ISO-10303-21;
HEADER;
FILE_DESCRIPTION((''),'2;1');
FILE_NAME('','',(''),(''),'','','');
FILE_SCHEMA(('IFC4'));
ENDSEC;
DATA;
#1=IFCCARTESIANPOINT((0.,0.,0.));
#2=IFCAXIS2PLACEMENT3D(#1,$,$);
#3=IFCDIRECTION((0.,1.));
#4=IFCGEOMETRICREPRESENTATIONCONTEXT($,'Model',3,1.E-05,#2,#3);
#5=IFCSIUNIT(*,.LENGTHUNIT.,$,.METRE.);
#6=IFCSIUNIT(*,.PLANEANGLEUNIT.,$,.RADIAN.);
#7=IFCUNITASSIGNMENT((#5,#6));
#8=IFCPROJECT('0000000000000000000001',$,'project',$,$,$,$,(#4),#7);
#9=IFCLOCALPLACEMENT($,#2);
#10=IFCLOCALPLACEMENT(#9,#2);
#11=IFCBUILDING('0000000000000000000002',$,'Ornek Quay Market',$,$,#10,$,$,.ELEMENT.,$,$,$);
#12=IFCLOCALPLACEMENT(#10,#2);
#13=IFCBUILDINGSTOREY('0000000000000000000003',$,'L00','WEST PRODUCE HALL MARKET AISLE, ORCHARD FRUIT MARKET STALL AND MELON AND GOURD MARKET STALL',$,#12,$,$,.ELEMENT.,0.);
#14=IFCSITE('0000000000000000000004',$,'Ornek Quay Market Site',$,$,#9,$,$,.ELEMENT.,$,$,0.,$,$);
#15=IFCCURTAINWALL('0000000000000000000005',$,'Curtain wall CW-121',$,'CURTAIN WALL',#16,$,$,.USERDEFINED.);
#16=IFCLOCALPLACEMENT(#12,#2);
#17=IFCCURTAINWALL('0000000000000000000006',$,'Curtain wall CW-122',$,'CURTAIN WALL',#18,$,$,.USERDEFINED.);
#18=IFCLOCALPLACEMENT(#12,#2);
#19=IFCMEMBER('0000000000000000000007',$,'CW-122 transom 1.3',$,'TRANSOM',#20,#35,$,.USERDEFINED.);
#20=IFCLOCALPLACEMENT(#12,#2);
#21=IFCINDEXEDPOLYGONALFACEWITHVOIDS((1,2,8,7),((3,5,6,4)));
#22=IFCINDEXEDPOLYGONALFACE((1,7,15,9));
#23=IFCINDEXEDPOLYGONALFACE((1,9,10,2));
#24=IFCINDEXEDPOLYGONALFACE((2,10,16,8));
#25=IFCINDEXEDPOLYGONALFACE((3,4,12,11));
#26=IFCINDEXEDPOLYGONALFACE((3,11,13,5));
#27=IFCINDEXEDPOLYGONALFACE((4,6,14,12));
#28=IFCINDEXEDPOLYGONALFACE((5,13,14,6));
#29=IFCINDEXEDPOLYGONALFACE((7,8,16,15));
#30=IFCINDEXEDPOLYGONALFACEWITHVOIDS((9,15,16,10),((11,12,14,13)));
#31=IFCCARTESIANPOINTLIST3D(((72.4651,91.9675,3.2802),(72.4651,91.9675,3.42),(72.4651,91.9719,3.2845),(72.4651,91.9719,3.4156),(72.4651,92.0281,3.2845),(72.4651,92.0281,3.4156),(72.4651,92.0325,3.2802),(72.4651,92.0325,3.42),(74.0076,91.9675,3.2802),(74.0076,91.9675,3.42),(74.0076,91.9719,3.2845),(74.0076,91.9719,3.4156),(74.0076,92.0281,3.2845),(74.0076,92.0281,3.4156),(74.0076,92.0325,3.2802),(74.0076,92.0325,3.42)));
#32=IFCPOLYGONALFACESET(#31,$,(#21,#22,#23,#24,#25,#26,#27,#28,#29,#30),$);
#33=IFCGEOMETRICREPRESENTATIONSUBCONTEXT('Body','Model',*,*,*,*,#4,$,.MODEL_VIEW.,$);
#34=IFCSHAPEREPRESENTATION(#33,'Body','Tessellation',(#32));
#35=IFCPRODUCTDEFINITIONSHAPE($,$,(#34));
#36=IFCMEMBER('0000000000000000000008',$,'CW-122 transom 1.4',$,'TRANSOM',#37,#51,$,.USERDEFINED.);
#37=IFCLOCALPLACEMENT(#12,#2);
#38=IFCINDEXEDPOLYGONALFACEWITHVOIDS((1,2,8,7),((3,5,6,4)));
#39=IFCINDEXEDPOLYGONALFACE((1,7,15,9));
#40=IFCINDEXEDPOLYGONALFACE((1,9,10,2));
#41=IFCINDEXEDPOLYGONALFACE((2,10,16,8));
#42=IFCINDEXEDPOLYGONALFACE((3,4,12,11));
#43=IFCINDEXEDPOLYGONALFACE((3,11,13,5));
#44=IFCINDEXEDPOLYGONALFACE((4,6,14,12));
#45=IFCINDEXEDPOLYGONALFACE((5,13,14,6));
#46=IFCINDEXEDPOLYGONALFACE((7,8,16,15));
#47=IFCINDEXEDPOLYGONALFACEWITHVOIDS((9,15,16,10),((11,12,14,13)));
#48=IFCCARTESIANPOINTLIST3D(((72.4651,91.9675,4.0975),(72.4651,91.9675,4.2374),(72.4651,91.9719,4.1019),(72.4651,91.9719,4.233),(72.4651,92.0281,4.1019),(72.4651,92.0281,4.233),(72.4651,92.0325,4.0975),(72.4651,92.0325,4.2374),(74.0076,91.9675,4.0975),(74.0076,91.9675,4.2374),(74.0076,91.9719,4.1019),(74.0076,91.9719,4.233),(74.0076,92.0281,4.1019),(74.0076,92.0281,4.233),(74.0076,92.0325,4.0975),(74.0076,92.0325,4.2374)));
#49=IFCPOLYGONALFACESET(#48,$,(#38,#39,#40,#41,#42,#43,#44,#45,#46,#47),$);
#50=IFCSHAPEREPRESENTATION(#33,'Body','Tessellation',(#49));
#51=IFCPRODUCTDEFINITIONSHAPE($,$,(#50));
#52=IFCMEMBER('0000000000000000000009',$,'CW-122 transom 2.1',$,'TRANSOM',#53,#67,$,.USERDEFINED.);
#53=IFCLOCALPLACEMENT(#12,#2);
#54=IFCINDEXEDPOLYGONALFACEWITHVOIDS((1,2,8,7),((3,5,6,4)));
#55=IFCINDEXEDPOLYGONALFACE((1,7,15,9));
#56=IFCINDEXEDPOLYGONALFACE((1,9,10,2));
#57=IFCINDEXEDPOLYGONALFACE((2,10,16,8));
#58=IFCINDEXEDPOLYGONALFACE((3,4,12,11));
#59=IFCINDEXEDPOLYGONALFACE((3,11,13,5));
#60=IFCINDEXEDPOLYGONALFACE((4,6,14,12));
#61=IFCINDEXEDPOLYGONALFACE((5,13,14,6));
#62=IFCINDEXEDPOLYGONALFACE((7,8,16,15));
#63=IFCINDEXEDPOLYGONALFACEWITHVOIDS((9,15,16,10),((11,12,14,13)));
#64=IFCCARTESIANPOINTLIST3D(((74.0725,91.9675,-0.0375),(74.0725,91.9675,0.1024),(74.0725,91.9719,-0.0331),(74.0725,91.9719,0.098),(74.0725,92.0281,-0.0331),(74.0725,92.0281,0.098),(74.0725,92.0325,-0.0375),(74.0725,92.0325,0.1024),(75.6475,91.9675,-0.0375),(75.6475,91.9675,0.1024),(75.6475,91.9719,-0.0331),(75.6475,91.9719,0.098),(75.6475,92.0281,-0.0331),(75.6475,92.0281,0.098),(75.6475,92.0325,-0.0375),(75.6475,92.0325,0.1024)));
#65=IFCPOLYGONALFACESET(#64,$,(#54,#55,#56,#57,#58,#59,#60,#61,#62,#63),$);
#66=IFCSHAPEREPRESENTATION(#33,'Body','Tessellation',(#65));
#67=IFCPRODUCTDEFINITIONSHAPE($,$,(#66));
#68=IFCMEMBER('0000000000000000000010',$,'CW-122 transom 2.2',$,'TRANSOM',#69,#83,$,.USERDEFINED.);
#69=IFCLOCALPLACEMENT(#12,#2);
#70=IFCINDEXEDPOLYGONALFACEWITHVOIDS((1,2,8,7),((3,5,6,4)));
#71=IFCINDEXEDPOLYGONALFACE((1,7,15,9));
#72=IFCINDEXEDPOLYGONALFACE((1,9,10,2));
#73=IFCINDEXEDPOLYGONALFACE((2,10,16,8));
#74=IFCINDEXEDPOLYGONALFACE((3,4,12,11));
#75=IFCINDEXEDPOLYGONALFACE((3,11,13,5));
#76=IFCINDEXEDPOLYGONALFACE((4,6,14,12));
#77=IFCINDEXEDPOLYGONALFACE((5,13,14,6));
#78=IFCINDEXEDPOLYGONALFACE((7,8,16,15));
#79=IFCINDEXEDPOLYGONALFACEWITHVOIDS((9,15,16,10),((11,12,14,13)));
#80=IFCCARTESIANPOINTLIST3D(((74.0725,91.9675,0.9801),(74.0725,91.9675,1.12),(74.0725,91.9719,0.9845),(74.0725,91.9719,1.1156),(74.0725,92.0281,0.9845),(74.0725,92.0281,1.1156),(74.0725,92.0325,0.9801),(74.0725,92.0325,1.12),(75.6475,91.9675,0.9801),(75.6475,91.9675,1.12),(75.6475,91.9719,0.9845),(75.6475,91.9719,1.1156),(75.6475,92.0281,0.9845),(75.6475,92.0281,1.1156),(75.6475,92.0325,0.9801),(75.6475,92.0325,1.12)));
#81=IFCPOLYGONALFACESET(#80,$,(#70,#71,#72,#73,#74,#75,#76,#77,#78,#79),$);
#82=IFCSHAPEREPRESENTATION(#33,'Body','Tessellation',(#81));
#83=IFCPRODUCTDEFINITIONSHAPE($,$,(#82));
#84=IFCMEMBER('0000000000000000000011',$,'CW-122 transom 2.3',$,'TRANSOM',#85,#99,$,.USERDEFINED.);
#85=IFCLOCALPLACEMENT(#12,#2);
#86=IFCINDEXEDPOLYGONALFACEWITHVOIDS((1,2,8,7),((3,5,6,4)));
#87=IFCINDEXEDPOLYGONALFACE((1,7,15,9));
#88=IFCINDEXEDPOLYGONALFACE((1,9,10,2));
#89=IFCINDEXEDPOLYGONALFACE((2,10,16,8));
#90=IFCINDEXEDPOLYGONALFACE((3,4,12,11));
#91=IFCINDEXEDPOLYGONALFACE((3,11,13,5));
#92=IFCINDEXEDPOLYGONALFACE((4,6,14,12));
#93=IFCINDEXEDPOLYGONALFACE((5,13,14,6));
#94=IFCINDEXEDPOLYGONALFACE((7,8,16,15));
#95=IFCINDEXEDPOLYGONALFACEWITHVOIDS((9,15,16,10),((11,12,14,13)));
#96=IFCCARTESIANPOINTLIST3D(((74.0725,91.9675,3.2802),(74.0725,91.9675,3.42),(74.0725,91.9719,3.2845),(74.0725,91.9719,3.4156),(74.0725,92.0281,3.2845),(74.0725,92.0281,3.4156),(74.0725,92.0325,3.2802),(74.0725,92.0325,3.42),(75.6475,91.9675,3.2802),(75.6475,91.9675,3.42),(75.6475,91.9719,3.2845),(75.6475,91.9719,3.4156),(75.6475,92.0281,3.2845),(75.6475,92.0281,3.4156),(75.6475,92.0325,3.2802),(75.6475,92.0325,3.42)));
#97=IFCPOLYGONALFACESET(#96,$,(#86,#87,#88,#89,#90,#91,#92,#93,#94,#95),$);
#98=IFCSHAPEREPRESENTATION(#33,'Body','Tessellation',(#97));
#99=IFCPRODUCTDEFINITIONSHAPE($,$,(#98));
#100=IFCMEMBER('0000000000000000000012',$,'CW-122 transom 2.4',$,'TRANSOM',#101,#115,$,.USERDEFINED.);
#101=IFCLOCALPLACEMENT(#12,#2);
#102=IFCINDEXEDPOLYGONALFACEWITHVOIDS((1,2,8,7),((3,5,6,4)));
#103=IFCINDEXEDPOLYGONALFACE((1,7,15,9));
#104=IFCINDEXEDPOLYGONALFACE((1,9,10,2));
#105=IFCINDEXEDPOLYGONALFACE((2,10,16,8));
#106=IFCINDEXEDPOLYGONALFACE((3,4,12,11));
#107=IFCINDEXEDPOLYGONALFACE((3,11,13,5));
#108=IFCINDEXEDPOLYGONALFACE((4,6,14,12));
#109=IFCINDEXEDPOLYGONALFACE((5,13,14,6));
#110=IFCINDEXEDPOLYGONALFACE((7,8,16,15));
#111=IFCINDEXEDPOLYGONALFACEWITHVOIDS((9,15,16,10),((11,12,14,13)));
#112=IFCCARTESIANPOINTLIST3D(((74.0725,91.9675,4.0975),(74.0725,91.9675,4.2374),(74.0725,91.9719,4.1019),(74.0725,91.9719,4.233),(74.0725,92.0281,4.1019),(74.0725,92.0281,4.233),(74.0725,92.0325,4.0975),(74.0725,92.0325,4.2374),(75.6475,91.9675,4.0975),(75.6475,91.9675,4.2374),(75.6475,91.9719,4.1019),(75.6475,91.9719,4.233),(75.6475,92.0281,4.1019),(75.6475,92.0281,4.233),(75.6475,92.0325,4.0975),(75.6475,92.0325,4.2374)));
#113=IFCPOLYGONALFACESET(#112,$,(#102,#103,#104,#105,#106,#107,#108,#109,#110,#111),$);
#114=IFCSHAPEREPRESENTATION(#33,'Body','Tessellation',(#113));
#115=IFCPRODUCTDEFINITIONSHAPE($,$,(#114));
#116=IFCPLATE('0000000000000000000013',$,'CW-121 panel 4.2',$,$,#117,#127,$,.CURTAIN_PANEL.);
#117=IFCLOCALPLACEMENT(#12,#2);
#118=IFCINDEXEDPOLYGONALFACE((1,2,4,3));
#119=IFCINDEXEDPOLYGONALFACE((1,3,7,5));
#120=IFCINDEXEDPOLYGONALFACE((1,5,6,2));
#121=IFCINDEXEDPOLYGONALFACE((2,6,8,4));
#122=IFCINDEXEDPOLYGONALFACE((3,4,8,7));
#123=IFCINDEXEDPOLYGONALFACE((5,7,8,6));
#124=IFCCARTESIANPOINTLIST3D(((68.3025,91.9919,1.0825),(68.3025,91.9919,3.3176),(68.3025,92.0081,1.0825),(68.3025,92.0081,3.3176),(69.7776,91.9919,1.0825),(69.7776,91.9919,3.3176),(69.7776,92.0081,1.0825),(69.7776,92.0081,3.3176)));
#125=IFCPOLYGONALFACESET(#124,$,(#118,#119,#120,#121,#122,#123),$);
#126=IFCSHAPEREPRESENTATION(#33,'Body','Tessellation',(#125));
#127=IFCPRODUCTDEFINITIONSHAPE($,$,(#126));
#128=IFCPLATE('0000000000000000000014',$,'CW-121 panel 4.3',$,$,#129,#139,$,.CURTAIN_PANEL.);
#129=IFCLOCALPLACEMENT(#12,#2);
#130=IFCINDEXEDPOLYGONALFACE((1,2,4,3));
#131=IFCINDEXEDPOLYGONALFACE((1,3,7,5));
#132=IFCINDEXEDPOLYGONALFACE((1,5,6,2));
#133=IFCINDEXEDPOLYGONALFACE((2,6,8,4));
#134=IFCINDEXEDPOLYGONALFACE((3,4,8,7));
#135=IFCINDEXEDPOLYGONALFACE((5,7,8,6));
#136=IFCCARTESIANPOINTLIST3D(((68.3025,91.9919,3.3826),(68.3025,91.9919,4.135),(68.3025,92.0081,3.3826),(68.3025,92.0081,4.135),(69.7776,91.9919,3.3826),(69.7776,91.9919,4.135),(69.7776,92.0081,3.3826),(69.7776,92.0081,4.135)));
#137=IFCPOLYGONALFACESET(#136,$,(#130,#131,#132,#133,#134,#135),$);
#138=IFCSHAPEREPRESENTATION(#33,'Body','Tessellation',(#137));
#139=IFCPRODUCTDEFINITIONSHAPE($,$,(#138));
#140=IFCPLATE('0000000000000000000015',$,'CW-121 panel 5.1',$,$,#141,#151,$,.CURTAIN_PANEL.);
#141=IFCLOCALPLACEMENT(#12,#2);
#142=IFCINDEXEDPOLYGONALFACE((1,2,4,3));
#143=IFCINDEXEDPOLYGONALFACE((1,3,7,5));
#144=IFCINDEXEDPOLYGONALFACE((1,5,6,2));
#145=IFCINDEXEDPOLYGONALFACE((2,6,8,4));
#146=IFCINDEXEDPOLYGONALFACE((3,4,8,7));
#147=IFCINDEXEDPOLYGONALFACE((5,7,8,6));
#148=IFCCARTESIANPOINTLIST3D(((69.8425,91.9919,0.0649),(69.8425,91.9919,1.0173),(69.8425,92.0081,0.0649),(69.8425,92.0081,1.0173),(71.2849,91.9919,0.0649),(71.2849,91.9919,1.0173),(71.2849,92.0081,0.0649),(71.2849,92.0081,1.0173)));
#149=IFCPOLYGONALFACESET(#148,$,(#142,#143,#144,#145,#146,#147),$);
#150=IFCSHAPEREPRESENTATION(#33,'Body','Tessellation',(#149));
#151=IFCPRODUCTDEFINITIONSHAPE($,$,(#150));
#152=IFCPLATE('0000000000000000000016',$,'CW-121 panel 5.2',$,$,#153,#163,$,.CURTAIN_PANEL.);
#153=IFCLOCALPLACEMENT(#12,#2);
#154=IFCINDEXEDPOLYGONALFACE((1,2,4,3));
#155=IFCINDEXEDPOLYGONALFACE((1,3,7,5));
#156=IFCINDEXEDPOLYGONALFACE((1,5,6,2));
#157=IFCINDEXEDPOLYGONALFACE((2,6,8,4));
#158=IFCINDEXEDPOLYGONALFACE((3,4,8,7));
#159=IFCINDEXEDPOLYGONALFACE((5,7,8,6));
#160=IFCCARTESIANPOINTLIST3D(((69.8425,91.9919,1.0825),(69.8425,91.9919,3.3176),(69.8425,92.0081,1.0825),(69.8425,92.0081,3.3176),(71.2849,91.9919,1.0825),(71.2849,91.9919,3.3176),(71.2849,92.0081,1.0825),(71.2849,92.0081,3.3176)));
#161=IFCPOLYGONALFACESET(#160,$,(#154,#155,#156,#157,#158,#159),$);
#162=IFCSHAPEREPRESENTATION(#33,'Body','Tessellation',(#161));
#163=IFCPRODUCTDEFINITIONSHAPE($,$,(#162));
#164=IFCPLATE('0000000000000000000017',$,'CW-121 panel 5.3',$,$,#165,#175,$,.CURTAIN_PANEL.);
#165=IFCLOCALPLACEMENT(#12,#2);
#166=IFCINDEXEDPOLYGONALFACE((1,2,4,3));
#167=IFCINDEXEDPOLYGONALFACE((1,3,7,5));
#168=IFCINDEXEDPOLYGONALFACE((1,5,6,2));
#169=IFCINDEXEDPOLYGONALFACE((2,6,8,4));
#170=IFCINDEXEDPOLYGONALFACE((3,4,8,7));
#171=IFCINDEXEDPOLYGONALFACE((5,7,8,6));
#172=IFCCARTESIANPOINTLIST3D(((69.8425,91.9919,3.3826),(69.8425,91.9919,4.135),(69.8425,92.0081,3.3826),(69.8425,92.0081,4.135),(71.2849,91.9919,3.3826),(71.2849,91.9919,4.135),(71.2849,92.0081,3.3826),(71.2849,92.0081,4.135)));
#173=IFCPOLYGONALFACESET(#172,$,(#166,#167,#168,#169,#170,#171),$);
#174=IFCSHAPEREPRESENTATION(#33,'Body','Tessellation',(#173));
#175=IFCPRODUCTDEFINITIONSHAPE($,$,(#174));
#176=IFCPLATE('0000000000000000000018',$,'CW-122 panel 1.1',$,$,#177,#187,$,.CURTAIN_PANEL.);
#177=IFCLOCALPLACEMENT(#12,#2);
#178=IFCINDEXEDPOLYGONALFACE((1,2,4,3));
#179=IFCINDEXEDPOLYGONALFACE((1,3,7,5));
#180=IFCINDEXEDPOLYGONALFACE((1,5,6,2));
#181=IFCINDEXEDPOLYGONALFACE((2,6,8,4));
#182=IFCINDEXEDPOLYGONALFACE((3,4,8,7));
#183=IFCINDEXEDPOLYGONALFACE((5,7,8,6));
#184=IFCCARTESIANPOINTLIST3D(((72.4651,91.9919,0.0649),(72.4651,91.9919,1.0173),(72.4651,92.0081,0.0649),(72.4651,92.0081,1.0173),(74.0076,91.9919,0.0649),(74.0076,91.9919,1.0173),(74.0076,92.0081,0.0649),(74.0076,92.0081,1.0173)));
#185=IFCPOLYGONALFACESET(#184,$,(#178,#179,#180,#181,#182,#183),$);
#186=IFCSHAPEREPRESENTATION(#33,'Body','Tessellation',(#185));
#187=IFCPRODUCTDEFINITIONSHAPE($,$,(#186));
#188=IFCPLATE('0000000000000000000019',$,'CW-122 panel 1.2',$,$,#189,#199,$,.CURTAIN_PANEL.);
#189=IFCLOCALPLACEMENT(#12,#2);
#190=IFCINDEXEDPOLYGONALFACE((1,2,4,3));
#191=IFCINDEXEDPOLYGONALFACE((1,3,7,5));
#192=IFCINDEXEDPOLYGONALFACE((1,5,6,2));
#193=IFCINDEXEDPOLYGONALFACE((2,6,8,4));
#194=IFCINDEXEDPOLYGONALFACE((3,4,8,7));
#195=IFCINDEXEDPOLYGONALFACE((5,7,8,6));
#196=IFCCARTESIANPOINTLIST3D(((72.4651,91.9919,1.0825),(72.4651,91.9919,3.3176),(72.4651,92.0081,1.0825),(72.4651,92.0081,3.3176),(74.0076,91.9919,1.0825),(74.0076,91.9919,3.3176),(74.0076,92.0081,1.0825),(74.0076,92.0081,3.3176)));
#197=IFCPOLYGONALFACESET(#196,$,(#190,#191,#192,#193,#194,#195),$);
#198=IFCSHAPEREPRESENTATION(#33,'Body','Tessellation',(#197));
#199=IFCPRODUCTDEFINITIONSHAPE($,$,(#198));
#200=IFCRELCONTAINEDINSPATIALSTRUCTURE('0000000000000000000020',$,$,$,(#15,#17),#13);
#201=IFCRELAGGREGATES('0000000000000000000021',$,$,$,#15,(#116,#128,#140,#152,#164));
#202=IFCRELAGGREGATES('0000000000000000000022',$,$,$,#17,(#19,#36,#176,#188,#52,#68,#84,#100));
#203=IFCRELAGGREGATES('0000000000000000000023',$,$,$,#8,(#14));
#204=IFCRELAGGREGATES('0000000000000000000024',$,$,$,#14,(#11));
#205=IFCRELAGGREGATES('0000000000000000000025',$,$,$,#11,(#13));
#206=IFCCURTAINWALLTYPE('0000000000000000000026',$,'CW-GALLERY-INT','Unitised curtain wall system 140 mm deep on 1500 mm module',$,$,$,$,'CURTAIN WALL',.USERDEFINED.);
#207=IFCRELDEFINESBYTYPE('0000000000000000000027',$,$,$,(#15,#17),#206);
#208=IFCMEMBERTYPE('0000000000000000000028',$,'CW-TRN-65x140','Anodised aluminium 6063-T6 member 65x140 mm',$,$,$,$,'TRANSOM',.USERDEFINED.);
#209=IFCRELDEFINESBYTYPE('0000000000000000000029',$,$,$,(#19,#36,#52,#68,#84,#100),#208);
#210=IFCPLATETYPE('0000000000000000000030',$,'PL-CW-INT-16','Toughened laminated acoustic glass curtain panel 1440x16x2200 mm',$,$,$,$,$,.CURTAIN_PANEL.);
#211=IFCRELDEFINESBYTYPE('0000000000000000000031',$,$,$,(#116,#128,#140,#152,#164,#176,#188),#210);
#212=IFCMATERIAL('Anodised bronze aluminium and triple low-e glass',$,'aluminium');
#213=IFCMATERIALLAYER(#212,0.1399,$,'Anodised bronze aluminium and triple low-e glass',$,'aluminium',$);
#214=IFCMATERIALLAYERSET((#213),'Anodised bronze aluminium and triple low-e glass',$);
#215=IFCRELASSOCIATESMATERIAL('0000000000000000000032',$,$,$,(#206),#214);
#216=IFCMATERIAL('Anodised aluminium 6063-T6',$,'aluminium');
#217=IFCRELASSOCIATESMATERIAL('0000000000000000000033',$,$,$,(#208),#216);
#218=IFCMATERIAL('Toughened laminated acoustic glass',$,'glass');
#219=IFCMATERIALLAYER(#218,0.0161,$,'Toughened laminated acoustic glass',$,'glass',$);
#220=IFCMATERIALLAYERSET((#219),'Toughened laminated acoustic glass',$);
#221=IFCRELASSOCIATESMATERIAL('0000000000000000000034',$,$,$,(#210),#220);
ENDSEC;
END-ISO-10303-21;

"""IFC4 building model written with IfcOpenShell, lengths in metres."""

from ifc_helpers import new_model, si_unit, direction, frame, origin, origin_2d, place, context, subcontext, project, spatial, rectangle, hollow_rectangle, extrude, material, layer, layer_set, material_profile, profile_set, type_object, element, aggregate, save


model = new_model("IFC4")

# Units and contexts
model_context = context("Model", 3, precision=1e-05, world=origin(), true_north=direction((0.0, 1.0)))
body_context = subcontext(model_context, "Body", "Model", "MODEL_VIEW")
ifc_project = project(units=[si_unit("LENGTHUNIT", "METRE"), si_unit("PLANEANGLEUNIT", "RADIAN")], contexts=[model_context])

# Site, building, storey
site_placement = place(None, origin())
site = spatial("IfcSite", under=ifc_project, at=site_placement, Name="Ornek Quay Market Site", CompositionType="ELEMENT", RefElevation=0.0)
building_placement = place(site_placement, origin())
building = spatial("IfcBuilding", under=site, at=building_placement, Name="Ornek Quay Market", CompositionType="ELEMENT")
storey_placement = place(building_placement, origin())
storey = spatial("IfcBuildingStorey", under=building, at=storey_placement, Name="L00", Description="WEST PRODUCE HALL MARKET AISLE, ORCHARD FRUIT MARKET STALL AND MELON AND GOURD MARKET STALL", CompositionType="ELEMENT", Elevation=0.0)

# Curtain walls
ifc_material_1 = material(Name="Anodised bronze aluminium and triple low-e glass", Category="aluminium")
ifc_layer_1 = layer(ifc_material_1, 0.1399, Name="Anodised bronze aluminium and triple low-e glass", Category="aluminium")
ifc_layer_set_1 = layer_set([ifc_layer_1], Name="Anodised bronze aluminium and triple low-e glass")
curtain_wall_type = type_object("IfcCurtainWallType", Name="CW-GALLERY-INT", Description="Unitised curtain wall system 140 mm deep on 1500 mm module", ElementType="CURTAIN WALL", PredefinedType="USERDEFINED", material=ifc_layer_set_1)
curtain_wall_1_placement = place(storey_placement, origin())
curtain_wall_1 = element("IfcCurtainWall", 1, at=curtain_wall_1_placement, inside=storey, type_object=curtain_wall_type, Name="Curtain wall CW-121", ObjectType="CURTAIN WALL", PredefinedType="USERDEFINED")
ifc_material_2 = material(Name="Anodised aluminium 6063-T6", Category="aluminium")
curtain_wall_2_placement = place(storey_placement, origin())
curtain_wall_2 = element("IfcCurtainWall", 2, at=curtain_wall_2_placement, inside=storey, type_object=curtain_wall_type, Name="Curtain wall CW-122", ObjectType="CURTAIN WALL", PredefinedType="USERDEFINED")

# Members
ifc_material_profile_1 = material_profile(ifc_material_2, hollow_rectangle(XDim=0.0649, YDim=0.1399, WallThickness=0.0044, at=origin_2d()), Name="CW-TRN-65x140", Category="aluminium")
ifc_profile_set_1 = profile_set([ifc_material_profile_1], Name="Anodised aluminium 6063-T6")
member_type_1 = type_object("IfcMemberType", Name="CW-TRN-65x140", Description="Anodised aluminium 6063-T6 member 65x140 mm", ElementType="TRANSOM", PredefinedType="USERDEFINED", material=ifc_profile_set_1)
member_1_placement = place(storey_placement, frame((72.4651, 92.0, 3.3501), z_axis=(1.0, 0.0, 0.0), x_axis=(0.0, 1.0, 0.0)))
member_1 = element("IfcMember", 3, at=member_1_placement, type_object=member_type_1, Name="CW-122 transom 1.3", ObjectType="TRANSOM", PredefinedType="USERDEFINED", context=body_context, shape_type="SweptSolid", body=[
    extrude(hollow_rectangle(XDim=0.0649, YDim=0.1399, WallThickness=0.0044, at=origin_2d()), origin(), (0.0, 0.0, 1.0), 1.5425),
])
member_2_placement = place(storey_placement, frame((72.4651, 92.0, 4.1675), z_axis=(1.0, 0.0, 0.0), x_axis=(0.0, 1.0, 0.0)))
member_2 = element("IfcMember", 4, at=member_2_placement, type_object=member_type_1, Name="CW-122 transom 1.4", ObjectType="TRANSOM", PredefinedType="USERDEFINED", context=body_context, shape_type="SweptSolid", body=[
    extrude(hollow_rectangle(XDim=0.0649, YDim=0.1399, WallThickness=0.0044, at=origin_2d()), origin(), (0.0, 0.0, 1.0), 1.5425),
])
member_3_placement = place(storey_placement, frame((74.0725, 92.0, 0.0325), z_axis=(1.0, 0.0, 0.0), x_axis=(0.0, 1.0, 0.0)))
member_3 = element("IfcMember", 5, at=member_3_placement, type_object=member_type_1, Name="CW-122 transom 2.1", ObjectType="TRANSOM", PredefinedType="USERDEFINED", context=body_context, shape_type="SweptSolid", body=[
    extrude(hollow_rectangle(XDim=0.0649, YDim=0.1399, WallThickness=0.0044, at=origin_2d()), origin(), (0.0, 0.0, 1.0), 1.575),
])
member_4_placement = place(storey_placement, frame((74.0725, 92.0, 1.05), z_axis=(1.0, 0.0, 0.0), x_axis=(0.0, 1.0, 0.0)))
member_4 = element("IfcMember", 6, at=member_4_placement, type_object=member_type_1, Name="CW-122 transom 2.2", ObjectType="TRANSOM", PredefinedType="USERDEFINED", context=body_context, shape_type="SweptSolid", body=[
    extrude(hollow_rectangle(XDim=0.0649, YDim=0.1399, WallThickness=0.0044, at=origin_2d()), origin(), (0.0, 0.0, 1.0), 1.575),
])
member_5_placement = place(storey_placement, frame((74.0725, 92.0, 3.3501), z_axis=(1.0, 0.0, 0.0), x_axis=(0.0, 1.0, 0.0)))
member_5 = element("IfcMember", 7, at=member_5_placement, type_object=member_type_1, Name="CW-122 transom 2.3", ObjectType="TRANSOM", PredefinedType="USERDEFINED", context=body_context, shape_type="SweptSolid", body=[
    extrude(hollow_rectangle(XDim=0.0649, YDim=0.1399, WallThickness=0.0044, at=origin_2d()), origin(), (0.0, 0.0, 1.0), 1.575),
])
member_6_placement = place(storey_placement, frame((74.0725, 92.0, 4.1675), z_axis=(1.0, 0.0, 0.0), x_axis=(0.0, 1.0, 0.0)))
member_6 = element("IfcMember", 8, at=member_6_placement, type_object=member_type_1, Name="CW-122 transom 2.4", ObjectType="TRANSOM", PredefinedType="USERDEFINED", context=body_context, shape_type="SweptSolid", body=[
    extrude(hollow_rectangle(XDim=0.0649, YDim=0.1399, WallThickness=0.0044, at=origin_2d()), origin(), (0.0, 0.0, 1.0), 1.575),
])

# Plates
ifc_material_3 = material(Name="Toughened laminated acoustic glass", Category="glass")
ifc_layer_2 = layer(ifc_material_3, 0.0161, Name="Toughened laminated acoustic glass", Category="glass")
ifc_layer_set_2 = layer_set([ifc_layer_2], Name="Toughened laminated acoustic glass")
plate_type = type_object("IfcPlateType", Name="PL-CW-INT-16", Description="Toughened laminated acoustic glass curtain panel 1440x16x2200 mm", PredefinedType="CURTAIN_PANEL", material=ifc_layer_set_2)
plate_1_placement = place(storey_placement, frame((69.04, 92.0, 1.0825), z_axis=(0.0, 0.0, 1.0), x_axis=(1.0, 0.0, 0.0)))
plate_1 = element("IfcPlate", 9, at=plate_1_placement, type_object=plate_type, Name="CW-121 panel 4.2", PredefinedType="CURTAIN_PANEL", context=body_context, shape_type="SweptSolid", body=[
    extrude(rectangle(XDim=1.4751, YDim=0.0161, at=origin_2d()), origin(), (0.0, 0.0, 1.0), 2.2351),
])
plate_2_placement = place(storey_placement, frame((69.04, 92.0, 3.3826), z_axis=(0.0, 0.0, 1.0), x_axis=(1.0, 0.0, 0.0)))
plate_2 = element("IfcPlate", 10, at=plate_2_placement, type_object=plate_type, Name="CW-121 panel 4.3", PredefinedType="CURTAIN_PANEL", context=body_context, shape_type="SweptSolid", body=[
    extrude(rectangle(XDim=1.4751, YDim=0.0161, at=origin_2d()), origin(), (0.0, 0.0, 1.0), 0.7524),
])
plate_3_placement = place(storey_placement, frame((70.5637, 92.0, 0.0649), z_axis=(0.0, 0.0, 1.0), x_axis=(1.0, 0.0, 0.0)))
plate_3 = element("IfcPlate", 11, at=plate_3_placement, type_object=plate_type, Name="CW-121 panel 5.1", PredefinedType="CURTAIN_PANEL", context=body_context, shape_type="SweptSolid", body=[
    extrude(rectangle(XDim=1.4424, YDim=0.0161, at=origin_2d()), origin(), (0.0, 0.0, 1.0), 0.9524),
])
plate_4_placement = place(storey_placement, frame((70.5637, 92.0, 1.0825), z_axis=(0.0, 0.0, 1.0), x_axis=(1.0, 0.0, 0.0)))
plate_4 = element("IfcPlate", 12, at=plate_4_placement, type_object=plate_type, Name="CW-121 panel 5.2", PredefinedType="CURTAIN_PANEL", context=body_context, shape_type="SweptSolid", body=[
    extrude(rectangle(XDim=1.4424, YDim=0.0161, at=origin_2d()), origin(), (0.0, 0.0, 1.0), 2.2351),
])
plate_5_placement = place(storey_placement, frame((70.5637, 92.0, 3.3826), z_axis=(0.0, 0.0, 1.0), x_axis=(1.0, 0.0, 0.0)))
plate_5 = element("IfcPlate", 13, at=plate_5_placement, type_object=plate_type, Name="CW-121 panel 5.3", PredefinedType="CURTAIN_PANEL", context=body_context, shape_type="SweptSolid", body=[
    extrude(rectangle(XDim=1.4424, YDim=0.0161, at=origin_2d()), origin(), (0.0, 0.0, 1.0), 0.7524),
])
aggregate(curtain_wall_1, [plate_1, plate_2, plate_3, plate_4, plate_5])
plate_6_placement = place(storey_placement, frame((73.2363, 92.0, 0.0649), z_axis=(0.0, 0.0, 1.0), x_axis=(1.0, 0.0, 0.0)))
plate_6 = element("IfcPlate", 14, at=plate_6_placement, type_object=plate_type, Name="CW-122 panel 1.1", PredefinedType="CURTAIN_PANEL", context=body_context, shape_type="SweptSolid", body=[
    extrude(rectangle(XDim=1.5425, YDim=0.0161, at=origin_2d()), origin(), (0.0, 0.0, 1.0), 0.9524),
])
plate_7_placement = place(storey_placement, frame((73.2363, 92.0, 1.0825), z_axis=(0.0, 0.0, 1.0), x_axis=(1.0, 0.0, 0.0)))
plate_7 = element("IfcPlate", 15, at=plate_7_placement, type_object=plate_type, Name="CW-122 panel 1.2", PredefinedType="CURTAIN_PANEL", context=body_context, shape_type="SweptSolid", body=[
    extrude(rectangle(XDim=1.5425, YDim=0.0161, at=origin_2d()), origin(), (0.0, 0.0, 1.0), 2.2351),
])
aggregate(curtain_wall_2, [member_1, member_2, plate_6, plate_7, member_3, member_4, member_5, member_6])

save(model, "model.ifc")
